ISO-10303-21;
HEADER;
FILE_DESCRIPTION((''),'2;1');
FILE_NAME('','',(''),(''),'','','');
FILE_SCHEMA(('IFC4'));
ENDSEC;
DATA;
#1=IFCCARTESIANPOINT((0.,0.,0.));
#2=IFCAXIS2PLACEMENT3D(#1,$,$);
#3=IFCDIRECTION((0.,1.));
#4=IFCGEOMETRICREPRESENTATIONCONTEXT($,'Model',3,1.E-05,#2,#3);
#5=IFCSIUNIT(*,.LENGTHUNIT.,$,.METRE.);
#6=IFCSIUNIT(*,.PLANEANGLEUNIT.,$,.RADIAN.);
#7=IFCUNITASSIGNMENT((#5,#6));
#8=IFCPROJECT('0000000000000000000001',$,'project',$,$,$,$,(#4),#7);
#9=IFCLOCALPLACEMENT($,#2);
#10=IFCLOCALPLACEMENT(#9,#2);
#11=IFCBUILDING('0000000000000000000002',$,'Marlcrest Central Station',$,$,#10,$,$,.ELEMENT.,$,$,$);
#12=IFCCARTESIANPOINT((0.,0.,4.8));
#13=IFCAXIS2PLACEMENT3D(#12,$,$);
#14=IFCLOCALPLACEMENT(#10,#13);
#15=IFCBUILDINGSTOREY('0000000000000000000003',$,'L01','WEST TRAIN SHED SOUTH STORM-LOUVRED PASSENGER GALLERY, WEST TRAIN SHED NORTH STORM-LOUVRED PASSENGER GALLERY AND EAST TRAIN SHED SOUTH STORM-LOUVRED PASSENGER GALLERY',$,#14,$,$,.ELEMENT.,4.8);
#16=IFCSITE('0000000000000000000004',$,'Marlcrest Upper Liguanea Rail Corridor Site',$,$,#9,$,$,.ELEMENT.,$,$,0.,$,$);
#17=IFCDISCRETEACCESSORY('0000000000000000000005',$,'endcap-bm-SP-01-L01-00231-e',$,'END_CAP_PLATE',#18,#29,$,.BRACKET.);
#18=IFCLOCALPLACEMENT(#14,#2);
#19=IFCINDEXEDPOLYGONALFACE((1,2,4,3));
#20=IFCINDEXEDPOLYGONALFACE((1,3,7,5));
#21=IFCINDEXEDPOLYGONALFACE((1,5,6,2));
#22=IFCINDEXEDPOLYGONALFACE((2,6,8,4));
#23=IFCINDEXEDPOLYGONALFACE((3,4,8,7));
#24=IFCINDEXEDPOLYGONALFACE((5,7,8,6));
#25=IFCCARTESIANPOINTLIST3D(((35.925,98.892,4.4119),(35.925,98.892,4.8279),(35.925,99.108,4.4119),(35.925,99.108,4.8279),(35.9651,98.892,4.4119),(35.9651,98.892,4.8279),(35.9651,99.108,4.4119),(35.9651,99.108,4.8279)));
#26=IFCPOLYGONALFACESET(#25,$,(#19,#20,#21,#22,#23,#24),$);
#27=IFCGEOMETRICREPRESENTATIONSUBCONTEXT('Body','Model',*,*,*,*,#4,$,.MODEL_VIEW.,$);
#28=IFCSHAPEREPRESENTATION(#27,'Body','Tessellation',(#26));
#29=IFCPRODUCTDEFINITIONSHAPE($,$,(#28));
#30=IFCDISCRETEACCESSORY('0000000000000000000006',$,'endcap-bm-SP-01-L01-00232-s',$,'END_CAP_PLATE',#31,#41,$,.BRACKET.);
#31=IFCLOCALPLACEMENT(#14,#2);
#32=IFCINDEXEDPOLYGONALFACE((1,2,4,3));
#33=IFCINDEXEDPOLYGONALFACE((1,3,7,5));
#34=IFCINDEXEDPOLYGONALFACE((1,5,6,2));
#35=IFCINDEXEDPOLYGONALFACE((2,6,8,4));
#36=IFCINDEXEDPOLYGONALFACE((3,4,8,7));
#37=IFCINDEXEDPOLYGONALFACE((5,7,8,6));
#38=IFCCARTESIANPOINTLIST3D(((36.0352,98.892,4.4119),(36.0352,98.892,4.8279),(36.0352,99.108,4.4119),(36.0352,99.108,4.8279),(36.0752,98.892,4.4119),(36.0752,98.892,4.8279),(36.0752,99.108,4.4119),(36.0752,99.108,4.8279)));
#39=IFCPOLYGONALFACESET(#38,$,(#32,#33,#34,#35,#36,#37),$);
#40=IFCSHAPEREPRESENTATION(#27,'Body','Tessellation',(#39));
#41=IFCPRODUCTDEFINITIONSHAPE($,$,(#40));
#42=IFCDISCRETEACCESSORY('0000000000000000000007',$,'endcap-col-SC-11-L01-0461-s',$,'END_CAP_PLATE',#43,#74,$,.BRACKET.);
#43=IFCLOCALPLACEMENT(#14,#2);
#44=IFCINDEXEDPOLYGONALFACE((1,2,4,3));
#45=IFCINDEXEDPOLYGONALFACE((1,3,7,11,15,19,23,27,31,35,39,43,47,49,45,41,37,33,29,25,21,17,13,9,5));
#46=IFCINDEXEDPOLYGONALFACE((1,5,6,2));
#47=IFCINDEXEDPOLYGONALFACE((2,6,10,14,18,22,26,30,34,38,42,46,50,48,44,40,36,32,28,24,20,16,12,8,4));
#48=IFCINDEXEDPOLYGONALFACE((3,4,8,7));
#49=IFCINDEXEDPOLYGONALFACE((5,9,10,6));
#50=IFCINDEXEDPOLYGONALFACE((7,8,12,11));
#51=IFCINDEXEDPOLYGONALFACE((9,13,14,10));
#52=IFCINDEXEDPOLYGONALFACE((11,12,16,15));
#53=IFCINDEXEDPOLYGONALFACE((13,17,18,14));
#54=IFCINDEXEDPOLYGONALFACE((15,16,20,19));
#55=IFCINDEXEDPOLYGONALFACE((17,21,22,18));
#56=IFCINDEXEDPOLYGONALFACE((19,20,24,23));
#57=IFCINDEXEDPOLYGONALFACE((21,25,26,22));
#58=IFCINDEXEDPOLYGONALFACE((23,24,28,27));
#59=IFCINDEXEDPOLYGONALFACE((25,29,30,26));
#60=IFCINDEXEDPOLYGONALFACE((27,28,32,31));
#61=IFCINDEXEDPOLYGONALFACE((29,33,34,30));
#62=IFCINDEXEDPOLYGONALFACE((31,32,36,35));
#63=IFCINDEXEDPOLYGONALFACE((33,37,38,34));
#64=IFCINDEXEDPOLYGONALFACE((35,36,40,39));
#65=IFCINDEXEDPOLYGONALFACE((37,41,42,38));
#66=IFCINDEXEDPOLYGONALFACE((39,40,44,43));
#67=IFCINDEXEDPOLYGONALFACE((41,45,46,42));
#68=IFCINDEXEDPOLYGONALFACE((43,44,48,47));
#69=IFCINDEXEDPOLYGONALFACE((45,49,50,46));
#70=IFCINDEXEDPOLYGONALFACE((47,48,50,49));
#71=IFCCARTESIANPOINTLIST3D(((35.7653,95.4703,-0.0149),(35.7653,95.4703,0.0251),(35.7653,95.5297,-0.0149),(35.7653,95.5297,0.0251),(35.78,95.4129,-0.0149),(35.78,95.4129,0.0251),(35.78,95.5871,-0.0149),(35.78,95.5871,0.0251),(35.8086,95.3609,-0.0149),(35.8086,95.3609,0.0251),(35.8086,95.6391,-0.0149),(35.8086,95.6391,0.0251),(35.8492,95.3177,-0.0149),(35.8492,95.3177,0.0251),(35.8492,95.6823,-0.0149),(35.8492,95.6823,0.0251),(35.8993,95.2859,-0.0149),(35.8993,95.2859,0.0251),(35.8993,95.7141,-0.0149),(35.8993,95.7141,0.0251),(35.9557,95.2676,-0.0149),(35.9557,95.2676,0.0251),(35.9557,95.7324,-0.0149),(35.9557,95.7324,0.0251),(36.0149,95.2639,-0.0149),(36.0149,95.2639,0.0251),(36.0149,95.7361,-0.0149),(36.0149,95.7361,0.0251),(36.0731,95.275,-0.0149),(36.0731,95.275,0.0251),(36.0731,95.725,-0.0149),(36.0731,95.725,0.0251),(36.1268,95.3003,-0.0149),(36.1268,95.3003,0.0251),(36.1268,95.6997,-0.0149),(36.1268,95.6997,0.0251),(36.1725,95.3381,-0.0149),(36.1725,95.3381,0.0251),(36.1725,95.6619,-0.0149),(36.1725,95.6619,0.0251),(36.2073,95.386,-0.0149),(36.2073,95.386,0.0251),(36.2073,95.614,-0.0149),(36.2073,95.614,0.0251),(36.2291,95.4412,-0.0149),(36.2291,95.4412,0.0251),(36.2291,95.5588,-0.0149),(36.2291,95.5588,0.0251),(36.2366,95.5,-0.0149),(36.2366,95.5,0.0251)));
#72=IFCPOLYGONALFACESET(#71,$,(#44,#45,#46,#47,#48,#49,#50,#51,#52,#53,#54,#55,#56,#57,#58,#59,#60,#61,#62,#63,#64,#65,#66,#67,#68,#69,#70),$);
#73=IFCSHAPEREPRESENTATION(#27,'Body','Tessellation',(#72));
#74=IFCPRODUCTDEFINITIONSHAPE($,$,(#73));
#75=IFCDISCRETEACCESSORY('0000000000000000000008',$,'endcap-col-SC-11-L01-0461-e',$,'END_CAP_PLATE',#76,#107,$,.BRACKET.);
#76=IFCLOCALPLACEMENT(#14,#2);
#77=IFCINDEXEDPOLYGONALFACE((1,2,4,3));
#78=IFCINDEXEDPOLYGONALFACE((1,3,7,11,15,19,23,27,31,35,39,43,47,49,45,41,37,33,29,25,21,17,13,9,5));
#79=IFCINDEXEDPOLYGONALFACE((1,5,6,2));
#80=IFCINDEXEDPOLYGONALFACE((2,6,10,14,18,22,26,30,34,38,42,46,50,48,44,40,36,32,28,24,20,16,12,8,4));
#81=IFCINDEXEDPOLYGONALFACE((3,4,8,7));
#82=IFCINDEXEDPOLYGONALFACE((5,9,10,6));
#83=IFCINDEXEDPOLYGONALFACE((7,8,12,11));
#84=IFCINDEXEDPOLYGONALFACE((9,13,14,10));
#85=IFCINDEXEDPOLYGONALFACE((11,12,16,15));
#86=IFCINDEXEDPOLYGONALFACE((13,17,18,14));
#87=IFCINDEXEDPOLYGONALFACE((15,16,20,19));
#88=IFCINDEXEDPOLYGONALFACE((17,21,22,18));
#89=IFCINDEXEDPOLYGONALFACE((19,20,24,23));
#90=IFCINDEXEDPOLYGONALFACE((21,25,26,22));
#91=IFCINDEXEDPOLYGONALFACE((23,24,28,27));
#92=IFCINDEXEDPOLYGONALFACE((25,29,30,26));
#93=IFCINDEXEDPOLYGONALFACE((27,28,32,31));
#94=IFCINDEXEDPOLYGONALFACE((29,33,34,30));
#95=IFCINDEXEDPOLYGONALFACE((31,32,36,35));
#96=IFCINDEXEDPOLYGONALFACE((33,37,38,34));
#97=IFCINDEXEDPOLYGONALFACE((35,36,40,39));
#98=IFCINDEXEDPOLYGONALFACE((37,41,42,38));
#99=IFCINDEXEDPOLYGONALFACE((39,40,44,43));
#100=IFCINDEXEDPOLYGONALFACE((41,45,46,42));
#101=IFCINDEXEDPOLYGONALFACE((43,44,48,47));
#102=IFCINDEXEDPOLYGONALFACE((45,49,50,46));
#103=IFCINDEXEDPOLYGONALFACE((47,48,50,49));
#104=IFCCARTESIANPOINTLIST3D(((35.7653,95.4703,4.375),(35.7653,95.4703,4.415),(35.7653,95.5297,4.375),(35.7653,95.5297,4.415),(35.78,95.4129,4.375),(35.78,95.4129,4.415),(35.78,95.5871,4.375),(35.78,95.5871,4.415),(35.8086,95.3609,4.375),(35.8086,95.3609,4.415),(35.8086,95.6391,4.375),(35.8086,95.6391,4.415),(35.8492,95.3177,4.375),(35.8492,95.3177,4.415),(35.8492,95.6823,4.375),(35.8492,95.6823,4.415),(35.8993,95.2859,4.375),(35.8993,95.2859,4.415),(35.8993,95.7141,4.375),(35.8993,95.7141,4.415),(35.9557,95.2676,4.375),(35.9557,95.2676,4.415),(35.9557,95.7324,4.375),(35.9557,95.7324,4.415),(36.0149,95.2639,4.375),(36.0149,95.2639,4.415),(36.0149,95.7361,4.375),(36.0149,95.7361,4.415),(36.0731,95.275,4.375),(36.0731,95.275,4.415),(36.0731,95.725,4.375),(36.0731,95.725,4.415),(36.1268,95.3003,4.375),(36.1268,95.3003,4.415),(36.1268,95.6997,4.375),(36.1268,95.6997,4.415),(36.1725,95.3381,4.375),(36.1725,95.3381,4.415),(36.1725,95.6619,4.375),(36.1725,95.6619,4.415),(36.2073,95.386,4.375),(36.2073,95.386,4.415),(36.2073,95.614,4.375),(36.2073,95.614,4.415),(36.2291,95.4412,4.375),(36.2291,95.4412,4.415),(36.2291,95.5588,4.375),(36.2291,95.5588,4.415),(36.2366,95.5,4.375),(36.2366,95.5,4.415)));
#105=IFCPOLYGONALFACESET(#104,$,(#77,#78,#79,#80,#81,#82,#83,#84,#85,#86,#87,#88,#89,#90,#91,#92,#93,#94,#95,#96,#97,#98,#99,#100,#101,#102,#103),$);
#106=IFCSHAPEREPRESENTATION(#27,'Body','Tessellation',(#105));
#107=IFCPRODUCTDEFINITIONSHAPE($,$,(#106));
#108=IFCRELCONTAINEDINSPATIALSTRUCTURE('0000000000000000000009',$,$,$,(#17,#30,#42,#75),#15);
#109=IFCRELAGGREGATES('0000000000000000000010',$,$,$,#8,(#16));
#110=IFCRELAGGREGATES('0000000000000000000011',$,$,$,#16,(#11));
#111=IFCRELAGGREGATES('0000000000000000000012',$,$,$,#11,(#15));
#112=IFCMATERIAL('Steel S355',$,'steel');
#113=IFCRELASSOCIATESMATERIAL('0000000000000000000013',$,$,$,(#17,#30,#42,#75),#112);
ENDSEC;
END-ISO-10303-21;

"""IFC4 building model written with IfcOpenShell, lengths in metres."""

from ifc_helpers import new_model, si_unit, direction, frame, origin, origin_2d, place, context, subcontext, project, spatial, rectangle, circle, extrude, material, element, save


model = new_model("IFC4")

# Units and contexts
model_context = context("Model", 3, precision=1e-05, world=origin(), true_north=direction((0.0, 1.0)))
body_context = subcontext(model_context, "Body", "Model", "MODEL_VIEW")
ifc_project = project(units=[si_unit("LENGTHUNIT", "METRE"), si_unit("PLANEANGLEUNIT", "RADIAN")], contexts=[model_context])

# Site, building, storey
site_placement = place(None, origin())
site = spatial("IfcSite", under=ifc_project, at=site_placement, Name="Marlcrest Upper Liguanea Rail Corridor Site", CompositionType="ELEMENT", RefElevation=0.0)
building_placement = place(site_placement, origin())
building = spatial("IfcBuilding", under=site, at=building_placement, Name="Marlcrest Central Station", CompositionType="ELEMENT")
storey_placement = place(building_placement, frame((0.0, 0.0, 4.8)))
storey = spatial("IfcBuildingStorey", under=building, at=storey_placement, Name="L01", Description="WEST TRAIN SHED SOUTH STORM-LOUVRED PASSENGER GALLERY, WEST TRAIN SHED NORTH STORM-LOUVRED PASSENGER GALLERY AND EAST TRAIN SHED SOUTH STORM-LOUVRED PASSENGER GALLERY", CompositionType="ELEMENT", Elevation=4.8)

# Shared definitions
ifc_material_1 = material(Name="Steel S355", Category="steel")

# Discrete accessories
for number, where, z_axis, x_axis, name in (
    (1, (35.925, 99.0, 4.6199), (1.0, 0.0, 0.0), (0.0, 1.0, 0.0), "endcap-bm-SP-01-L01-00231-e"),
    (2, (36.0352, 99.0, 4.6199), (1.0, 0.0, 0.0), (0.0, 1.0, 0.0), "endcap-bm-SP-01-L01-00232-s"),
):
    element("IfcDiscreteAccessory", number, at=place(storey_placement, frame(where, z_axis=z_axis, x_axis=x_axis)), inside=storey, material=ifc_material_1, Name=name, ObjectType="END_CAP_PLATE", PredefinedType="BRACKET", context=body_context, shape_type="SweptSolid", body=[
        extrude(rectangle(XDim=0.2161, YDim=0.416, at=origin_2d()), origin(), (0.0, 0.0, 1.0), 0.04),
    ])
for number, where, z_axis, x_axis, name in (
    (3, (36.0, 95.5, -0.0149), (0.0, 0.0, 1.0), (1.0, 0.0, 0.0), "endcap-col-SC-11-L01-0461-s"),
    (4, (36.0, 95.5, 4.375), (0.0, 0.0, 1.0), (1.0, 0.0, 0.0), "endcap-col-SC-11-L01-0461-e"),
):
    element("IfcDiscreteAccessory", number, at=place(storey_placement, frame(where, z_axis=z_axis, x_axis=x_axis)), inside=storey, material=ifc_material_1, Name=name, ObjectType="END_CAP_PLATE", PredefinedType="BRACKET", context=body_context, shape_type="SweptSolid", body=[
        extrude(circle(Radius=0.2366, at=origin_2d()), origin(), (0.0, 0.0, 1.0), 0.04),
    ])

save(model, "model.ifc")
